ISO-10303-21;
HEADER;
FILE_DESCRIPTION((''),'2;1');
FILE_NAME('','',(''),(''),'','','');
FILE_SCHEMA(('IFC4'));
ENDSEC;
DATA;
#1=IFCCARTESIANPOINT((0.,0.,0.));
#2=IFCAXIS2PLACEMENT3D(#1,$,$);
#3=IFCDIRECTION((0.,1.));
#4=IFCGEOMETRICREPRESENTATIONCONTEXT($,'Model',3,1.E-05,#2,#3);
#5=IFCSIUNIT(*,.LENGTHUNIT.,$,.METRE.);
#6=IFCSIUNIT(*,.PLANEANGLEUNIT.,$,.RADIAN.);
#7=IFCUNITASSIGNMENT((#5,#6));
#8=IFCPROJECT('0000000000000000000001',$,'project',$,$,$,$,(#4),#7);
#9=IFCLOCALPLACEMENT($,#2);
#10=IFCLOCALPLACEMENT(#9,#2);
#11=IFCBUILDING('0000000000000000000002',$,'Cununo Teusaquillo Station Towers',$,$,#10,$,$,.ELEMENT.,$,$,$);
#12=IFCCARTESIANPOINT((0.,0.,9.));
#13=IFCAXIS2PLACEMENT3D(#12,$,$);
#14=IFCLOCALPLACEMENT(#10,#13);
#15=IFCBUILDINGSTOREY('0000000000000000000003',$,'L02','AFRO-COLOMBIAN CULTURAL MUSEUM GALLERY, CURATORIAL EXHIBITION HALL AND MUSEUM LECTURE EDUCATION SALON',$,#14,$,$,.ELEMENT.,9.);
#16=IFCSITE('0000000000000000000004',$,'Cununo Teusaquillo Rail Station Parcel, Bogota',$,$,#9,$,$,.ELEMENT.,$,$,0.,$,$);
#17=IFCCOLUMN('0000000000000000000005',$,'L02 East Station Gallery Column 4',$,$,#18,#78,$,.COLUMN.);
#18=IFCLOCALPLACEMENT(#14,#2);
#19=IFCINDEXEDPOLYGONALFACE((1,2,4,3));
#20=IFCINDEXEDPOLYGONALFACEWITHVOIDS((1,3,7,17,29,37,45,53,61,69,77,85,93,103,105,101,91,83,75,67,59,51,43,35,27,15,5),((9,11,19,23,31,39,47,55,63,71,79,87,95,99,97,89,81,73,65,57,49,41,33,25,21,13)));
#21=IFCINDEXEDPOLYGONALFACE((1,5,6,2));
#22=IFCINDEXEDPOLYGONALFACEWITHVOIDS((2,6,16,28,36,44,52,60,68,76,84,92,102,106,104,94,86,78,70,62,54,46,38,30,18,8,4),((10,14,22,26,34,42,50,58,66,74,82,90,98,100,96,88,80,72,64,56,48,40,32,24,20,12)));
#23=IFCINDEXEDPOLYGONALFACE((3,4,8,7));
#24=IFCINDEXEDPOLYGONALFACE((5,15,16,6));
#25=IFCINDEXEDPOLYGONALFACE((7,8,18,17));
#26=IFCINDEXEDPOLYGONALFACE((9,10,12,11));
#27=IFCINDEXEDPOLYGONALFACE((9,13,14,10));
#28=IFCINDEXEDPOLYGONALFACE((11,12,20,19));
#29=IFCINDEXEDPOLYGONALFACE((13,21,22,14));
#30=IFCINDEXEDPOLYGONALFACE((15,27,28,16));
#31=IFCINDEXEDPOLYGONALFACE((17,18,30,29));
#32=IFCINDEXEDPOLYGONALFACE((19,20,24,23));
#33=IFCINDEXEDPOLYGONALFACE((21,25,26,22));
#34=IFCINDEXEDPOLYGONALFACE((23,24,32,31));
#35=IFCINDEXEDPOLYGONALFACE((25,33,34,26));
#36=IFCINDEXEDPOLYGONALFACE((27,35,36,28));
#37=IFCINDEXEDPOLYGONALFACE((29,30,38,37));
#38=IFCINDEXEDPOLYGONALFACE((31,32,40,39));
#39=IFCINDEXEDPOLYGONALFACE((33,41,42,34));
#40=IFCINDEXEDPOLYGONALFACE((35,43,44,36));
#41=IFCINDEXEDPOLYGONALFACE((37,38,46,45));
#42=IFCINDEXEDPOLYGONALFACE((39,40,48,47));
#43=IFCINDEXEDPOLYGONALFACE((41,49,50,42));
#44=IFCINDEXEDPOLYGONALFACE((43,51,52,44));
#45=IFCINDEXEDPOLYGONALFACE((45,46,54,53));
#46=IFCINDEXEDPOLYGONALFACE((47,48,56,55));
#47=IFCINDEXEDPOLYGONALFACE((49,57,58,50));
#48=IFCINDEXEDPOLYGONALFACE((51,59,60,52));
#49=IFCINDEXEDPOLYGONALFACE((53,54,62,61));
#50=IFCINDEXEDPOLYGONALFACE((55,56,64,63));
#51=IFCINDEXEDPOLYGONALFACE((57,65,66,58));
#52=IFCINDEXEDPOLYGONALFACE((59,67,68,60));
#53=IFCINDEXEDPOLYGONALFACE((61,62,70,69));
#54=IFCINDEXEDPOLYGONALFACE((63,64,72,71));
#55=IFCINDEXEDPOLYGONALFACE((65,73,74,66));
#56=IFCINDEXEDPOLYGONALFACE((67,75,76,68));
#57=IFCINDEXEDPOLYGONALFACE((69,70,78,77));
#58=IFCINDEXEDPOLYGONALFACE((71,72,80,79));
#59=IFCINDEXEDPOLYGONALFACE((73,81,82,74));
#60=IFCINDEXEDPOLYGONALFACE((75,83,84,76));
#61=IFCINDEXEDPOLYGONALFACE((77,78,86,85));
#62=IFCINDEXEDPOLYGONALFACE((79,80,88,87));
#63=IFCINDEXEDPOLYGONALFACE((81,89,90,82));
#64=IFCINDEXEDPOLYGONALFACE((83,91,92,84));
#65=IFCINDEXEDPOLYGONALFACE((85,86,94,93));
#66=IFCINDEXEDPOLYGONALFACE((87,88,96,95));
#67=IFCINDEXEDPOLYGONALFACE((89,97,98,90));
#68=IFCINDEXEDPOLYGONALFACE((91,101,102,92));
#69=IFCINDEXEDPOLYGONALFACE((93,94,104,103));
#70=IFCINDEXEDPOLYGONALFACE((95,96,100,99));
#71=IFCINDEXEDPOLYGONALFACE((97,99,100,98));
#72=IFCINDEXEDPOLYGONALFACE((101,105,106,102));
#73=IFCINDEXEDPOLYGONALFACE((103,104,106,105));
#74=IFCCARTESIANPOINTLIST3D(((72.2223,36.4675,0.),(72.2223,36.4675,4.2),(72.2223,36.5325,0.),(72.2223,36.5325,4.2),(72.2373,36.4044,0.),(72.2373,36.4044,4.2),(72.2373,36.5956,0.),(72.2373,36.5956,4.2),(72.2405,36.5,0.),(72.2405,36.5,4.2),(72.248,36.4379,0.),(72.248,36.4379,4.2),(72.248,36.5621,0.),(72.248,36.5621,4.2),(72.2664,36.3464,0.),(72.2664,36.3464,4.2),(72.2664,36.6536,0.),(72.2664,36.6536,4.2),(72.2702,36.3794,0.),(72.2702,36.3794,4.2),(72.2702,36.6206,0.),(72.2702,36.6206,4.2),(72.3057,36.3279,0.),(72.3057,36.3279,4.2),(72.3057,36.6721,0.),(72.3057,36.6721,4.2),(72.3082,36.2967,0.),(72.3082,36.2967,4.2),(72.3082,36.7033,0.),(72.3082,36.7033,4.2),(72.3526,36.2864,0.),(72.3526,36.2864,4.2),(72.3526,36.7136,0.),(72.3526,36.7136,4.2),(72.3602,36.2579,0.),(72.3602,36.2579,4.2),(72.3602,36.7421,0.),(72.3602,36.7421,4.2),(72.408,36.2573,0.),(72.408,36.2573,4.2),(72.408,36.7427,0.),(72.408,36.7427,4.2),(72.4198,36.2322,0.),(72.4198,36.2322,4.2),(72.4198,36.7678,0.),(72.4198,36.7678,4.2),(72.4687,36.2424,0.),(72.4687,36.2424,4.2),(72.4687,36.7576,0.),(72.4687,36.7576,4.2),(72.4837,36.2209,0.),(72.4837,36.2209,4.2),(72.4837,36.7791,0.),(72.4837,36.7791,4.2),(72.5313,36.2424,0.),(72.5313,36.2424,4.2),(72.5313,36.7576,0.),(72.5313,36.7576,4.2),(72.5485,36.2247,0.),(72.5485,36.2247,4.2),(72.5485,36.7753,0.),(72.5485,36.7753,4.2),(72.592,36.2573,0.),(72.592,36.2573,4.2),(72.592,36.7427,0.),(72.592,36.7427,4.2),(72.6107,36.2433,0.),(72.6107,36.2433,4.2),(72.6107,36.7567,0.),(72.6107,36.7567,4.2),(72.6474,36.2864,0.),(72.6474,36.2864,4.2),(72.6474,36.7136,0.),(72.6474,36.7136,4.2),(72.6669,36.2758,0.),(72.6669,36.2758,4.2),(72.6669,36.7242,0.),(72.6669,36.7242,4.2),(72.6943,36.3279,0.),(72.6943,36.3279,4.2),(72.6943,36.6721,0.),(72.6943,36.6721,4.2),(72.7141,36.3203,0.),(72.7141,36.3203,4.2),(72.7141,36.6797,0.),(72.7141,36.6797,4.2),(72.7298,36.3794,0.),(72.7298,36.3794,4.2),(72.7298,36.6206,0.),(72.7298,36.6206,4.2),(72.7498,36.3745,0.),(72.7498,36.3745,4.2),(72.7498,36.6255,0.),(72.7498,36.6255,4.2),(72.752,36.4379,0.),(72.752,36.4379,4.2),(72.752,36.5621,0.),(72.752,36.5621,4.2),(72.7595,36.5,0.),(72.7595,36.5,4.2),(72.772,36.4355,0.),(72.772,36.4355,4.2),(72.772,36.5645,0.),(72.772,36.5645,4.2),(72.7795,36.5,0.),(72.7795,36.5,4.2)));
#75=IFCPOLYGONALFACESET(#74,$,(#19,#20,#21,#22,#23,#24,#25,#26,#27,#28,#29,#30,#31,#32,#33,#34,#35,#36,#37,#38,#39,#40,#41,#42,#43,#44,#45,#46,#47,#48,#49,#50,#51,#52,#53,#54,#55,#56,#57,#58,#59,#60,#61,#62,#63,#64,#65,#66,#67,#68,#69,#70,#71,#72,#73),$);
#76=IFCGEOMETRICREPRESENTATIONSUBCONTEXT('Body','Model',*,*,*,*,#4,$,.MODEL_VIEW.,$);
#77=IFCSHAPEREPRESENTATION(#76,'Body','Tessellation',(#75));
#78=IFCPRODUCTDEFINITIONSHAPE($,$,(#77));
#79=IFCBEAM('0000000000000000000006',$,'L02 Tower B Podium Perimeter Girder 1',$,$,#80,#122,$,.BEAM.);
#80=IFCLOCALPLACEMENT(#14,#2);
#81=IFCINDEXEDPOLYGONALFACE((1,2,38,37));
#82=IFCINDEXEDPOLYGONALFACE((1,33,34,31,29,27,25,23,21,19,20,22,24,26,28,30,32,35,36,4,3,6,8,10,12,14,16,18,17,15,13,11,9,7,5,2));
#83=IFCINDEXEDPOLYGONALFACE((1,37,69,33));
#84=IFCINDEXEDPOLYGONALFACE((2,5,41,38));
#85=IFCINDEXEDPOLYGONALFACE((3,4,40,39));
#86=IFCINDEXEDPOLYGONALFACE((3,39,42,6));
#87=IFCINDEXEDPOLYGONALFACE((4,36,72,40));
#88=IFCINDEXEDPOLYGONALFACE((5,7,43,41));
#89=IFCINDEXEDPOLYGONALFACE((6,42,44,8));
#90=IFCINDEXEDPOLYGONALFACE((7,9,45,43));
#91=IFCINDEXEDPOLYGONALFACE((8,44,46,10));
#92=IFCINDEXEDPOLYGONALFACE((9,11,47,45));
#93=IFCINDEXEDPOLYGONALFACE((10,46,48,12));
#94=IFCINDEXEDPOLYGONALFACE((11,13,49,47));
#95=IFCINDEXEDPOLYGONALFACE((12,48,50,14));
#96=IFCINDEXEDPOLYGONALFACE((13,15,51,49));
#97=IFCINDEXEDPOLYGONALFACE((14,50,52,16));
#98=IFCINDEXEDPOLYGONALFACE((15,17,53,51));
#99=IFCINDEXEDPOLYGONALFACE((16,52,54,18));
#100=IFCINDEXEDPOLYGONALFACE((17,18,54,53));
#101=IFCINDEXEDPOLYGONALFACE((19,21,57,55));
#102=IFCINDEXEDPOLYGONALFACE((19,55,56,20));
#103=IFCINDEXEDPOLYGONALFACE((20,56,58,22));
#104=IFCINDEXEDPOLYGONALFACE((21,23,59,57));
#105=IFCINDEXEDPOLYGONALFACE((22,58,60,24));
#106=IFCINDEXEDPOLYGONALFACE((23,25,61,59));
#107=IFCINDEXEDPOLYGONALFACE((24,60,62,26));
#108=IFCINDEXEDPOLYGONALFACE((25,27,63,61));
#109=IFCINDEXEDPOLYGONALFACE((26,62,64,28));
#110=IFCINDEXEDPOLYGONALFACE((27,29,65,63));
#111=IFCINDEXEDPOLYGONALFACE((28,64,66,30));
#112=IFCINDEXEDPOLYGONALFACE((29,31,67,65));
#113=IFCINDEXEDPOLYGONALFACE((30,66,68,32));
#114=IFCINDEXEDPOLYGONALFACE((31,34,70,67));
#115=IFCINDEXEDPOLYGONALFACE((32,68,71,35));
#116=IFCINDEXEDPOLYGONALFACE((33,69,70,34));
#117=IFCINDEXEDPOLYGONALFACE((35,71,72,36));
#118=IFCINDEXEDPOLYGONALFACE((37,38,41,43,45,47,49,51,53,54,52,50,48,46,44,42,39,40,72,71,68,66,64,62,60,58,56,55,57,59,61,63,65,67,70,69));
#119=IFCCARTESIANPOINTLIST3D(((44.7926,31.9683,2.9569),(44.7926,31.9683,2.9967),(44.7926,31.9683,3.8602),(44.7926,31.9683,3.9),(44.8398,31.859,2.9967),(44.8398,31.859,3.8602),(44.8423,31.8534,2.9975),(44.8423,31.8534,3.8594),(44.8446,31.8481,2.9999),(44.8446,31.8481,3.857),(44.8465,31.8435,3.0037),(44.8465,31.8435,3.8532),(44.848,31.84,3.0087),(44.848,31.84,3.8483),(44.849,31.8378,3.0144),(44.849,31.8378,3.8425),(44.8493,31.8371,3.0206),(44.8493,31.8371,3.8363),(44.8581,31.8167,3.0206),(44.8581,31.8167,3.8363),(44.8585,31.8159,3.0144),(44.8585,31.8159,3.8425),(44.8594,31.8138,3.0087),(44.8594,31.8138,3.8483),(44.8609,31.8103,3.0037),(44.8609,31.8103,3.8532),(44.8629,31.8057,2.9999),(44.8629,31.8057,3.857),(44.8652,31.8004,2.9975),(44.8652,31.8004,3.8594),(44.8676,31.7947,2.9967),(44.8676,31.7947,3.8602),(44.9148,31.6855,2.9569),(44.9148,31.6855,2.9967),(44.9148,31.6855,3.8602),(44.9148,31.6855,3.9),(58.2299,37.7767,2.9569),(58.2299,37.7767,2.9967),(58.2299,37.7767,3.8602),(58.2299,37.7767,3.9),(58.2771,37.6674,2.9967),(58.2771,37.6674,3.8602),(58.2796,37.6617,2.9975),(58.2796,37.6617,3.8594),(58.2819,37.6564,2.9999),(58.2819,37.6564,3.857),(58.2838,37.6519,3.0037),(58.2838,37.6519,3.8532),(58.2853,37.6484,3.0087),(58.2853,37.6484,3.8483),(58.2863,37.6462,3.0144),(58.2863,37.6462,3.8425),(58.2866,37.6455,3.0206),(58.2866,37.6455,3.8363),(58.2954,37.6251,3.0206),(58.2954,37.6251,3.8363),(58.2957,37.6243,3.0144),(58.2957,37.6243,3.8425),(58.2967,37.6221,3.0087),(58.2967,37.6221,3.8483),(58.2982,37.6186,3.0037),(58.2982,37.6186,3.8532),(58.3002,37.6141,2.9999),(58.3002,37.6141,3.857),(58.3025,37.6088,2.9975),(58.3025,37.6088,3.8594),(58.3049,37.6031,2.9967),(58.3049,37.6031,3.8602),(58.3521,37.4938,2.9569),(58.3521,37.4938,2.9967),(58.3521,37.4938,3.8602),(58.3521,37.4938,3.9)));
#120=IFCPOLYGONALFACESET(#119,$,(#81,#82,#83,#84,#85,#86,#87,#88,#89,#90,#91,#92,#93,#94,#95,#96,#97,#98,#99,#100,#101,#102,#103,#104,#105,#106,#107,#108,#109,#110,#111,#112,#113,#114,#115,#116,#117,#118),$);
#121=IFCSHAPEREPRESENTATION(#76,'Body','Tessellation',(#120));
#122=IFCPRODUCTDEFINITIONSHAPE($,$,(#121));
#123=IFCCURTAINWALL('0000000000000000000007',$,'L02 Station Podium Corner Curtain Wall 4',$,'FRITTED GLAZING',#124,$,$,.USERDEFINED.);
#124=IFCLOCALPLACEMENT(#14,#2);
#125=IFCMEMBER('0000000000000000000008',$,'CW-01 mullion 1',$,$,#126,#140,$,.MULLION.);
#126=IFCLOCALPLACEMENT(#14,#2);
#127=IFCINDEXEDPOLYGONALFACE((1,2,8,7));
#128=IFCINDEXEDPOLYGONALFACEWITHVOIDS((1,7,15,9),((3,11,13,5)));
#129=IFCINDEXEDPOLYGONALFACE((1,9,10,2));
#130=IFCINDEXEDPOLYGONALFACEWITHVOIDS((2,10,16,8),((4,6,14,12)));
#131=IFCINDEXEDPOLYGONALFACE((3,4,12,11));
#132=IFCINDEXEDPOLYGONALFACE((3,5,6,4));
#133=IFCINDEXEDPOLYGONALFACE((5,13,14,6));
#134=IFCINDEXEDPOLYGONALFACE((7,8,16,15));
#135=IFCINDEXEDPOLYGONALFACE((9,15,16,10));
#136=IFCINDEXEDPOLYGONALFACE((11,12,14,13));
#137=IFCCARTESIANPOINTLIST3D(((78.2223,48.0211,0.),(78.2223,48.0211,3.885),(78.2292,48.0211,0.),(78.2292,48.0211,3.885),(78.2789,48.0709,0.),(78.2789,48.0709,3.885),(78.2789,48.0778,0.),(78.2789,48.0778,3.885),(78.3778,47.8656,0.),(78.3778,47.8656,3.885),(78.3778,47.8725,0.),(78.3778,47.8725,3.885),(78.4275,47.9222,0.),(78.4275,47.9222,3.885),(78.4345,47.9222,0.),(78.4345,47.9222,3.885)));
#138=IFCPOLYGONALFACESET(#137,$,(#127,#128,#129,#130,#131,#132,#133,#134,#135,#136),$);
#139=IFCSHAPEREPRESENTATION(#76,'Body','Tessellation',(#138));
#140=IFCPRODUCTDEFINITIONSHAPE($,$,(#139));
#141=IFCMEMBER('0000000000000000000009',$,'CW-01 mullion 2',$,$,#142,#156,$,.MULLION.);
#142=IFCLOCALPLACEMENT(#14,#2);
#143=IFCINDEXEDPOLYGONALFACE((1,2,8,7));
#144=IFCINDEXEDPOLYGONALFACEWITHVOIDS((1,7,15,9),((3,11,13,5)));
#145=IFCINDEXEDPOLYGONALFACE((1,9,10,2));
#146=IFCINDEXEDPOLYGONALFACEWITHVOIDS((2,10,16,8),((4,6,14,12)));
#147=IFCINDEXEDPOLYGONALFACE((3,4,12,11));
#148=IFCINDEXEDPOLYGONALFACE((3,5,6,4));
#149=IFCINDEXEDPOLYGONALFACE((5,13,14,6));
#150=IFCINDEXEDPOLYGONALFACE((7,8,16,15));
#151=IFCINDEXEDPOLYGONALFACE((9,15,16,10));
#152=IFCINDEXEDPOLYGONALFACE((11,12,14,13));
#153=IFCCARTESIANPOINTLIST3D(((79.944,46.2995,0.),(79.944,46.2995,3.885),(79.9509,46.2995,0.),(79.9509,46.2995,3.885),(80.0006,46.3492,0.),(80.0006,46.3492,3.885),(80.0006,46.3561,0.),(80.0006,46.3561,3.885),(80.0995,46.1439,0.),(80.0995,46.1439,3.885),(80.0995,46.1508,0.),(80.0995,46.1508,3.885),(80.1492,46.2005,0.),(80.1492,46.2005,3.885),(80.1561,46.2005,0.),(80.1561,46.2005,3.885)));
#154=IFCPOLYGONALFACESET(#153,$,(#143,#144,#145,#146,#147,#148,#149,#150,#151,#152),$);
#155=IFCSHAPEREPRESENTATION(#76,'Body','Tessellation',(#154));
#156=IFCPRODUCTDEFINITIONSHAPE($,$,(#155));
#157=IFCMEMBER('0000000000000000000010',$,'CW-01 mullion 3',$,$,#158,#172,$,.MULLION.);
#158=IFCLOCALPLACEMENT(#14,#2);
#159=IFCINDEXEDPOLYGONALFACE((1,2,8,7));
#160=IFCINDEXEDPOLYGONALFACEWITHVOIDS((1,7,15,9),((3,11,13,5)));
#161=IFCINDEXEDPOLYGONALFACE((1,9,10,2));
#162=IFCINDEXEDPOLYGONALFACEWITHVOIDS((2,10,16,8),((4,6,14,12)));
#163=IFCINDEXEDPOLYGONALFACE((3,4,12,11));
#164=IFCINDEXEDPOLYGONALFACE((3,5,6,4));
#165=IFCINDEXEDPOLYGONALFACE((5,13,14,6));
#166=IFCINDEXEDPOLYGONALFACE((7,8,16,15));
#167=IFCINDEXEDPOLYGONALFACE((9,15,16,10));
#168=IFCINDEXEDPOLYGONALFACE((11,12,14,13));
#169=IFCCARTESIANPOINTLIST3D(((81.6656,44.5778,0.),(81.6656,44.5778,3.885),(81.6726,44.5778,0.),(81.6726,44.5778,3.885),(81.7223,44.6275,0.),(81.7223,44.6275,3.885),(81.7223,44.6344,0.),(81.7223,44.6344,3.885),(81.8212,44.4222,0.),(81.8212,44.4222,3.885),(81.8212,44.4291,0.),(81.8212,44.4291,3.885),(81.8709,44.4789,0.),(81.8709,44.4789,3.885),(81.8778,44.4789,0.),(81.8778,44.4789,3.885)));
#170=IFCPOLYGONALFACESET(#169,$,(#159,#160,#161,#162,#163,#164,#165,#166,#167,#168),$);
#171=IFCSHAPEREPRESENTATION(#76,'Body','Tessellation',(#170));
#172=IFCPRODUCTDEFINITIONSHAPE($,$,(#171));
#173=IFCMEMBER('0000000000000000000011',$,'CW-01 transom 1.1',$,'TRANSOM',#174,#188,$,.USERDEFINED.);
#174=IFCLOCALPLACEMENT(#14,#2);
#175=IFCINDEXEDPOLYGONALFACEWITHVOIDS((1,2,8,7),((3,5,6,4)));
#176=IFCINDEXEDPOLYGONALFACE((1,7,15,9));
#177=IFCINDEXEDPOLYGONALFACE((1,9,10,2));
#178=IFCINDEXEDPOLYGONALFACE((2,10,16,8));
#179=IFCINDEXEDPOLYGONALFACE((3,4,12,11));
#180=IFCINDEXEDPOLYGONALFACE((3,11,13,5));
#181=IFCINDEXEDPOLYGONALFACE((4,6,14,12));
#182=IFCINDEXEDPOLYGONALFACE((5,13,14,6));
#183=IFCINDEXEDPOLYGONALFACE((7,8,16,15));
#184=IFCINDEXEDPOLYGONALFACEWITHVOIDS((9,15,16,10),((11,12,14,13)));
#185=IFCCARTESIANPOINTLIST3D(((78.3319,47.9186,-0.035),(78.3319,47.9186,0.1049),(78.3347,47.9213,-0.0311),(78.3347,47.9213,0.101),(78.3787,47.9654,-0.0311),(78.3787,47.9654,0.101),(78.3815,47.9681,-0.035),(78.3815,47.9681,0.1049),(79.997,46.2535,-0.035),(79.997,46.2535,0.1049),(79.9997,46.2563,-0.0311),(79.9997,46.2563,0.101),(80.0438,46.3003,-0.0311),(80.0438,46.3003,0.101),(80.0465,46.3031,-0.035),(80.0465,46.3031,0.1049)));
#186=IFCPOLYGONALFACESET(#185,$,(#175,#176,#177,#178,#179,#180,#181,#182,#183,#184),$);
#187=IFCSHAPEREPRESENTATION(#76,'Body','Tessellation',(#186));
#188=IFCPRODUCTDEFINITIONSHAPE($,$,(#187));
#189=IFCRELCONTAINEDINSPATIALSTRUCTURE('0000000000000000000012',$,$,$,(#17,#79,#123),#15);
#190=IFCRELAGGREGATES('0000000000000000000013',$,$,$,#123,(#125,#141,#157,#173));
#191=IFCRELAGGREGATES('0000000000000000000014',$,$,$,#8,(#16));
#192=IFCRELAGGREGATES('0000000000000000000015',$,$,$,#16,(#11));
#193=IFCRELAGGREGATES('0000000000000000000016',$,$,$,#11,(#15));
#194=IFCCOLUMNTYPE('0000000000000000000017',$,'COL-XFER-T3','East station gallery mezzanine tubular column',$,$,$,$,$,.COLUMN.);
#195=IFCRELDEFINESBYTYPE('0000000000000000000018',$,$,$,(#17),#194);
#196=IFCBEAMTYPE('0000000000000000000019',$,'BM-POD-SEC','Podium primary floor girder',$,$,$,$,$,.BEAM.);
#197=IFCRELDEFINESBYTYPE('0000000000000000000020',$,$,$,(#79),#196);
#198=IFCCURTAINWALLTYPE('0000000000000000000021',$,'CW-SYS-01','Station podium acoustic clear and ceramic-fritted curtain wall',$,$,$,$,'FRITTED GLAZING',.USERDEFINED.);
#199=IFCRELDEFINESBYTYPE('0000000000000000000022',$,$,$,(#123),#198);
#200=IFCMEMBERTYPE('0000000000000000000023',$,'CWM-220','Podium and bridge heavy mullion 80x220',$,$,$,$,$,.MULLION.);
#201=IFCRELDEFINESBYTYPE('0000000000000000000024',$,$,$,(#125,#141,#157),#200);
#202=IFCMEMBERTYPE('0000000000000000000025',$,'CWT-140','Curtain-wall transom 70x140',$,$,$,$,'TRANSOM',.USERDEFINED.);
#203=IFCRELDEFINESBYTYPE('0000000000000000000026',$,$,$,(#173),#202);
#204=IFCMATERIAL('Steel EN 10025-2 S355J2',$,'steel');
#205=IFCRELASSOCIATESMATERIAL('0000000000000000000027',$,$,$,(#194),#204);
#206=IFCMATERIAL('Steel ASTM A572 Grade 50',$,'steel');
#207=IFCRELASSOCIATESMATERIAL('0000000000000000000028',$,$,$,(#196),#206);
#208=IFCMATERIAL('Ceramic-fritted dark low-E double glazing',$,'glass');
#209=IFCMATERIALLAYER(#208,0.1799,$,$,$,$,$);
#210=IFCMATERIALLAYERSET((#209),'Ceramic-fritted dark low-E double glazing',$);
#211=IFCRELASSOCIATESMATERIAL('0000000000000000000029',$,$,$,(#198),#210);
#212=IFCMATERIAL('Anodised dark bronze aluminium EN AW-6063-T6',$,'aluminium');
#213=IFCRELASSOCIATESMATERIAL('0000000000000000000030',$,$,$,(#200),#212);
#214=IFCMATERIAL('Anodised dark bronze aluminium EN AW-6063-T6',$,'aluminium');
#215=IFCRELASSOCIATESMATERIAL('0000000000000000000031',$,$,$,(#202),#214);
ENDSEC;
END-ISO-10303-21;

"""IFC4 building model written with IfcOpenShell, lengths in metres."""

from ifc_helpers import new_model, si_unit, direction, frame, origin, origin_2d, place, context, subcontext, project, spatial, hollow_rectangle, hollow_circle, i_section, extrude, material, layer, layer_set, material_profile, profile_set, type_object, element, aggregate, save


model = new_model("IFC4")

# Units and contexts
model_context = context("Model", 3, precision=1e-05, world=origin(), true_north=direction((0.0, 1.0)))
body_context = subcontext(model_context, "Body", "Model", "MODEL_VIEW")
ifc_project = project(units=[si_unit("LENGTHUNIT", "METRE"), si_unit("PLANEANGLEUNIT", "RADIAN")], contexts=[model_context])

# Site, building, storey
site_placement = place(None, origin())
site = spatial("IfcSite", under=ifc_project, at=site_placement, Name="Cununo Teusaquillo Rail Station Parcel, Bogota", CompositionType="ELEMENT", RefElevation=0.0)
building_placement = place(site_placement, origin())
building = spatial("IfcBuilding", under=site, at=building_placement, Name="Cununo Teusaquillo Station Towers", CompositionType="ELEMENT")
storey_placement = place(building_placement, frame((0.0, 0.0, 9.0)))
storey = spatial("IfcBuildingStorey", under=building, at=storey_placement, Name="L02", Description="AFRO-COLOMBIAN CULTURAL MUSEUM GALLERY, CURATORIAL EXHIBITION HALL AND MUSEUM LECTURE EDUCATION SALON", CompositionType="ELEMENT", Elevation=9.0)

# Column
ifc_material_1 = material(Name="Steel EN 10025-2 S355J2", Category="steel")
ifc_material_profile_1 = material_profile(ifc_material_1, hollow_circle(Radius=0.2795, WallThickness=0.02, at=origin_2d()), Name="CHS 559x20")
ifc_profile_set_1 = profile_set([ifc_material_profile_1], Name="Steel EN 10025-2 S355J2")
column_type_1 = type_object("IfcColumnType", Name="COL-XFER-T3", Description="East station gallery mezzanine tubular column", PredefinedType="COLUMN", material=ifc_profile_set_1)
for number, where, z_axis, x_axis, name in (
    (1, (72.5, 36.5, 0.0), (0.0, 0.0, 1.0), (1.0, 0.0, 0.0), "L02 East Station Gallery Column 4"),
):
    element("IfcColumn", number, at=place(storey_placement, frame(where, z_axis=z_axis, x_axis=x_axis)), inside=storey, type_object=column_type_1, Name=name, PredefinedType="COLUMN", context=body_context, shape_type="SweptSolid", body=[
        extrude(hollow_circle(Radius=0.2795, WallThickness=0.02, at=origin_2d()), origin(), (0.0, 0.0, 1.0), 4.2),
    ])

# Beam
ifc_material_2 = material(Name="Steel ASTM A572 Grade 50", Category="steel")
ifc_material_profile_2 = material_profile(ifc_material_2, i_section(OverallWidth=0.3081, OverallDepth=0.9431, WebThickness=0.0222, FlangeThickness=0.0398, FilletRadius=0.0239, at=origin_2d()), Name="W36X232")
ifc_profile_set_2 = profile_set([ifc_material_profile_2], Name="Steel ASTM A572 Grade 50")
beam_type = type_object("IfcBeamType", Name="BM-POD-SEC", Description="Podium primary floor girder", PredefinedType="BEAM", material=ifc_profile_set_2)
beam_placement = place(storey_placement, frame((58.291, 37.6353, 3.4285), z_axis=(-0.917916, -0.396776, 0.0), x_axis=(0.396776, -0.917916, 0.0)))
element("IfcBeam", 2, at=beam_placement, inside=storey, type_object=beam_type, Name="L02 Tower B Podium Perimeter Girder 1", PredefinedType="BEAM", context=body_context, shape_type="SweptSolid", body=[
    extrude(i_section(OverallWidth=0.3081, OverallDepth=0.9431, WebThickness=0.0222, FlangeThickness=0.0398, FilletRadius=0.0239, at=origin_2d()), origin(), (0.0, 0.0, 1.0), 14.6389),
])

# Curtain wall, members
ifc_material_3 = material(Name="Ceramic-fritted dark low-E double glazing", Category="glass")
ifc_layer_1 = layer(ifc_material_3, 0.1799)
ifc_layer_set_1 = layer_set([ifc_layer_1], Name="Ceramic-fritted dark low-E double glazing")
curtain_wall_type = type_object("IfcCurtainWallType", Name="CW-SYS-01", Description="Station podium acoustic clear and ceramic-fritted curtain wall", ElementType="FRITTED GLAZING", PredefinedType="USERDEFINED", material=ifc_layer_set_1)
curtain_wall_placement = place(storey_placement, origin())
curtain_wall = element("IfcCurtainWall", 3, at=curtain_wall_placement, inside=storey, type_object=curtain_wall_type, Name="L02 Station Podium Corner Curtain Wall 4", ObjectType="FRITTED GLAZING", PredefinedType="USERDEFINED")
ifc_material_4 = material(Name="Anodised dark bronze aluminium EN AW-6063-T6", Category="aluminium")
ifc_material_profile_3 = material_profile(ifc_material_4, hollow_rectangle(XDim=0.0801, YDim=0.22, WallThickness=0.0049, at=origin_2d()), Name="CW-MULL-80x220")
ifc_profile_set_3 = profile_set([ifc_material_profile_3], Name="Anodised dark bronze aluminium EN AW-6063-T6")
member_type_1 = type_object("IfcMemberType", Name="CWM-220", Description="Podium and bridge heavy mullion 80x220", PredefinedType="MULLION", material=ifc_profile_set_3)
member_1_placement = place(storey_placement, frame((78.3284, 47.9717, 0.0), z_axis=(0.0, 0.0, 1.0), x_axis=(0.707107, 0.707107, 0.0)))
member_1 = element("IfcMember", 4, at=member_1_placement, type_object=member_type_1, Name="CW-01 mullion 1", PredefinedType="MULLION", context=body_context, shape_type="SweptSolid", body=[
    extrude(hollow_rectangle(XDim=0.0801, YDim=0.22, WallThickness=0.0049, at=origin_2d()), origin(), (0.0, 0.0, 1.0), 3.885),
])
member_2_placement = place(storey_placement, frame((80.05, 46.25, 0.0), z_axis=(0.0, 0.0, 1.0), x_axis=(0.707107, 0.707107, 0.0)))
member_2 = element("IfcMember", 5, at=member_2_placement, type_object=member_type_1, Name="CW-01 mullion 2", PredefinedType="MULLION", context=body_context, shape_type="SweptSolid", body=[
    extrude(hollow_rectangle(XDim=0.0801, YDim=0.22, WallThickness=0.0049, at=origin_2d()), origin(), (0.0, 0.0, 1.0), 3.885),
])
member_3_placement = place(storey_placement, frame((81.7717, 44.5283, 0.0), z_axis=(0.0, 0.0, 1.0), x_axis=(0.707107, 0.707107, 0.0)))
member_3 = element("IfcMember", 6, at=member_3_placement, type_object=member_type_1, Name="CW-01 mullion 3", PredefinedType="MULLION", context=body_context, shape_type="SweptSolid", body=[
    extrude(hollow_rectangle(XDim=0.0801, YDim=0.22, WallThickness=0.0049, at=origin_2d()), origin(), (0.0, 0.0, 1.0), 3.885),
])
ifc_material_5 = material(Name="Anodised dark bronze aluminium EN AW-6063-T6", Category="aluminium")
ifc_material_profile_4 = material_profile(ifc_material_5, hollow_rectangle(XDim=0.0701, YDim=0.1399, WallThickness=0.0039, at=origin_2d()), Name="CW-TRAN-70x140")
ifc_profile_set_4 = profile_set([ifc_material_profile_4], Name="Anodised dark bronze aluminium EN AW-6063-T6")
member_type_2 = type_object("IfcMemberType", Name="CWT-140", Description="Curtain-wall transom 70x140", ElementType="TRANSOM", PredefinedType="USERDEFINED", material=ifc_profile_set_4)
member_4_placement = place(storey_placement, frame((78.3567, 47.9434, 0.0349), z_axis=(0.707107, -0.707107, 0.0), x_axis=(0.707107, 0.707107, 0.0)))
member_4 = element("IfcMember", 7, at=member_4_placement, type_object=member_type_2, Name="CW-01 transom 1.1", ObjectType="TRANSOM", PredefinedType="USERDEFINED", context=body_context, shape_type="SweptSolid", body=[
    extrude(hollow_rectangle(XDim=0.0701, YDim=0.1399, WallThickness=0.0039, at=origin_2d()), origin(), (0.0, 0.0, 1.0), 2.3547),
])

aggregate(curtain_wall, [member_1, member_2, member_3, member_4])

save(model, "model.ifc")
